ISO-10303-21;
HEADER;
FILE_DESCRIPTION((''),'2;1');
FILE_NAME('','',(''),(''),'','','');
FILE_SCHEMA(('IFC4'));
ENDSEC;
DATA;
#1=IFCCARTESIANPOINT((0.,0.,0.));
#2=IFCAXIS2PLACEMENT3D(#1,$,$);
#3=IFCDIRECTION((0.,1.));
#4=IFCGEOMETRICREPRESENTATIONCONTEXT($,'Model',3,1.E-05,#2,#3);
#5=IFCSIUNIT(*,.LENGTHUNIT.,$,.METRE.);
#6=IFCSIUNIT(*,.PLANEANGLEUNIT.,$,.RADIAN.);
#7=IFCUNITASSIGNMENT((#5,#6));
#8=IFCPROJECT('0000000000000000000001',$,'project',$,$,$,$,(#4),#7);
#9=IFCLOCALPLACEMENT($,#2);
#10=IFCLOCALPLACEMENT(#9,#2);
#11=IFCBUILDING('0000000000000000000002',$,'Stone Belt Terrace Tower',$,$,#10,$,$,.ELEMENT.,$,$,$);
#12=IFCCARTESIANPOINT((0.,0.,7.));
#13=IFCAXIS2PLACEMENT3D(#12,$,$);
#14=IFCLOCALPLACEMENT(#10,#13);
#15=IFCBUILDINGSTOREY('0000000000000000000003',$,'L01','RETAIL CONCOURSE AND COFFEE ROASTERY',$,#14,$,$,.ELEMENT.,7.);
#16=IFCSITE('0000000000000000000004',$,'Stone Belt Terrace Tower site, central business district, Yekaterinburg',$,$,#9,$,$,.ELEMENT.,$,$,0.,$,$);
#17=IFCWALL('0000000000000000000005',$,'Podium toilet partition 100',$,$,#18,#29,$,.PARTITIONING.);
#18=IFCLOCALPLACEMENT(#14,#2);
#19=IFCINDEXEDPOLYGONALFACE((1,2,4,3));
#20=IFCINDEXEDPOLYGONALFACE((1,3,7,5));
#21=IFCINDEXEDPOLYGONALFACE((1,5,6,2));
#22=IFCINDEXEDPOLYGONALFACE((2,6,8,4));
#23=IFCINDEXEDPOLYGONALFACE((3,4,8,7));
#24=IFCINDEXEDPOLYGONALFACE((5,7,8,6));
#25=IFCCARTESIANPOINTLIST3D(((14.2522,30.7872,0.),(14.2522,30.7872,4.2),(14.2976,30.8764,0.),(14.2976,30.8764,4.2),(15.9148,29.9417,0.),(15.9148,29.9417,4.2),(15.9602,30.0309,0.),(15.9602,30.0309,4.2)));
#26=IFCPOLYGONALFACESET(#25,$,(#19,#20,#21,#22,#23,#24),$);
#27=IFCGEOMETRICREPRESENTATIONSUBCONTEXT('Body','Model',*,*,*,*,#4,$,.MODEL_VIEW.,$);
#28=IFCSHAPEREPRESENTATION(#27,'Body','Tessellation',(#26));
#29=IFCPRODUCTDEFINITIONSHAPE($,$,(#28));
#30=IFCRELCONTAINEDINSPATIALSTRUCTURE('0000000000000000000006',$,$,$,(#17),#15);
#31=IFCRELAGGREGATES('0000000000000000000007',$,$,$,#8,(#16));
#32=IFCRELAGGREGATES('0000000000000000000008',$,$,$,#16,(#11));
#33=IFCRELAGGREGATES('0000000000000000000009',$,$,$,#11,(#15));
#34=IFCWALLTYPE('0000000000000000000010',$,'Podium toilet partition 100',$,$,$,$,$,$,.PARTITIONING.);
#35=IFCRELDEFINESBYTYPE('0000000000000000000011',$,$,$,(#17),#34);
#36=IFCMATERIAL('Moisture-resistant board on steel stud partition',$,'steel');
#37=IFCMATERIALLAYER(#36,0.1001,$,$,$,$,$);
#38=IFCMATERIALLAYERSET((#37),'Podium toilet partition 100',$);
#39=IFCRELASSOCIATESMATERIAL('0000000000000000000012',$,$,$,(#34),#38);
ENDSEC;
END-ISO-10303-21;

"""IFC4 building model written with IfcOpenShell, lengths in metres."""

from ifc_helpers import new_model, si_unit, direction, frame, frame_2d, origin, place, context, subcontext, project, spatial, rectangle, extrude, material, layer, layer_set, type_object, element, save


model = new_model("IFC4")

# Units and contexts
model_context = context("Model", 3, precision=1e-05, world=origin(), true_north=direction((0.0, 1.0)))
body_context = subcontext(model_context, "Body", "Model", "MODEL_VIEW")
ifc_project = project(units=[si_unit("LENGTHUNIT", "METRE"), si_unit("PLANEANGLEUNIT", "RADIAN")], contexts=[model_context])

# Site, building, storey
site_placement = place(None, origin())
site = spatial("IfcSite", under=ifc_project, at=site_placement, Name="Stone Belt Terrace Tower site, central business district, Yekaterinburg", CompositionType="ELEMENT", RefElevation=0.0)
building_placement = place(site_placement, origin())
building = spatial("IfcBuilding", under=site, at=building_placement, Name="Stone Belt Terrace Tower", CompositionType="ELEMENT")
storey_placement = place(building_placement, frame((0.0, 0.0, 7.0)))
storey = spatial("IfcBuildingStorey", under=building, at=storey_placement, Name="L01", Description="RETAIL CONCOURSE AND COFFEE ROASTERY", CompositionType="ELEMENT", Elevation=7.0)

# Shared definitions
ifc_material_1 = material(Name="Moisture-resistant board on steel stud partition", Category="steel")
ifc_layer_1 = layer(ifc_material_1, 0.1001)
ifc_layer_set_1 = layer_set([ifc_layer_1], Name="Podium toilet partition 100")
wall_type_1 = type_object("IfcWallType", Name="Podium toilet partition 100", PredefinedType="PARTITIONING", material=ifc_layer_set_1)

# Wall
wall_1_placement = place(storey_placement, frame((14.2749, 30.8318, 0.0), z_axis=(0.0, 0.0, 1.0), x_axis=(0.89137, -0.453277, 0.0)))
element("IfcWall", 1, at=wall_1_placement, inside=storey, type_object=wall_type_1, Name="Podium toilet partition 100", PredefinedType="PARTITIONING", context=body_context, shape_type="SweptSolid", body=[
    extrude(rectangle(XDim=1.8652, YDim=0.1001, at=frame_2d((0.9326, 0.0))), origin(), (0.0, 0.0, 1.0), 4.2),
])

save(model, "model.ifc")
